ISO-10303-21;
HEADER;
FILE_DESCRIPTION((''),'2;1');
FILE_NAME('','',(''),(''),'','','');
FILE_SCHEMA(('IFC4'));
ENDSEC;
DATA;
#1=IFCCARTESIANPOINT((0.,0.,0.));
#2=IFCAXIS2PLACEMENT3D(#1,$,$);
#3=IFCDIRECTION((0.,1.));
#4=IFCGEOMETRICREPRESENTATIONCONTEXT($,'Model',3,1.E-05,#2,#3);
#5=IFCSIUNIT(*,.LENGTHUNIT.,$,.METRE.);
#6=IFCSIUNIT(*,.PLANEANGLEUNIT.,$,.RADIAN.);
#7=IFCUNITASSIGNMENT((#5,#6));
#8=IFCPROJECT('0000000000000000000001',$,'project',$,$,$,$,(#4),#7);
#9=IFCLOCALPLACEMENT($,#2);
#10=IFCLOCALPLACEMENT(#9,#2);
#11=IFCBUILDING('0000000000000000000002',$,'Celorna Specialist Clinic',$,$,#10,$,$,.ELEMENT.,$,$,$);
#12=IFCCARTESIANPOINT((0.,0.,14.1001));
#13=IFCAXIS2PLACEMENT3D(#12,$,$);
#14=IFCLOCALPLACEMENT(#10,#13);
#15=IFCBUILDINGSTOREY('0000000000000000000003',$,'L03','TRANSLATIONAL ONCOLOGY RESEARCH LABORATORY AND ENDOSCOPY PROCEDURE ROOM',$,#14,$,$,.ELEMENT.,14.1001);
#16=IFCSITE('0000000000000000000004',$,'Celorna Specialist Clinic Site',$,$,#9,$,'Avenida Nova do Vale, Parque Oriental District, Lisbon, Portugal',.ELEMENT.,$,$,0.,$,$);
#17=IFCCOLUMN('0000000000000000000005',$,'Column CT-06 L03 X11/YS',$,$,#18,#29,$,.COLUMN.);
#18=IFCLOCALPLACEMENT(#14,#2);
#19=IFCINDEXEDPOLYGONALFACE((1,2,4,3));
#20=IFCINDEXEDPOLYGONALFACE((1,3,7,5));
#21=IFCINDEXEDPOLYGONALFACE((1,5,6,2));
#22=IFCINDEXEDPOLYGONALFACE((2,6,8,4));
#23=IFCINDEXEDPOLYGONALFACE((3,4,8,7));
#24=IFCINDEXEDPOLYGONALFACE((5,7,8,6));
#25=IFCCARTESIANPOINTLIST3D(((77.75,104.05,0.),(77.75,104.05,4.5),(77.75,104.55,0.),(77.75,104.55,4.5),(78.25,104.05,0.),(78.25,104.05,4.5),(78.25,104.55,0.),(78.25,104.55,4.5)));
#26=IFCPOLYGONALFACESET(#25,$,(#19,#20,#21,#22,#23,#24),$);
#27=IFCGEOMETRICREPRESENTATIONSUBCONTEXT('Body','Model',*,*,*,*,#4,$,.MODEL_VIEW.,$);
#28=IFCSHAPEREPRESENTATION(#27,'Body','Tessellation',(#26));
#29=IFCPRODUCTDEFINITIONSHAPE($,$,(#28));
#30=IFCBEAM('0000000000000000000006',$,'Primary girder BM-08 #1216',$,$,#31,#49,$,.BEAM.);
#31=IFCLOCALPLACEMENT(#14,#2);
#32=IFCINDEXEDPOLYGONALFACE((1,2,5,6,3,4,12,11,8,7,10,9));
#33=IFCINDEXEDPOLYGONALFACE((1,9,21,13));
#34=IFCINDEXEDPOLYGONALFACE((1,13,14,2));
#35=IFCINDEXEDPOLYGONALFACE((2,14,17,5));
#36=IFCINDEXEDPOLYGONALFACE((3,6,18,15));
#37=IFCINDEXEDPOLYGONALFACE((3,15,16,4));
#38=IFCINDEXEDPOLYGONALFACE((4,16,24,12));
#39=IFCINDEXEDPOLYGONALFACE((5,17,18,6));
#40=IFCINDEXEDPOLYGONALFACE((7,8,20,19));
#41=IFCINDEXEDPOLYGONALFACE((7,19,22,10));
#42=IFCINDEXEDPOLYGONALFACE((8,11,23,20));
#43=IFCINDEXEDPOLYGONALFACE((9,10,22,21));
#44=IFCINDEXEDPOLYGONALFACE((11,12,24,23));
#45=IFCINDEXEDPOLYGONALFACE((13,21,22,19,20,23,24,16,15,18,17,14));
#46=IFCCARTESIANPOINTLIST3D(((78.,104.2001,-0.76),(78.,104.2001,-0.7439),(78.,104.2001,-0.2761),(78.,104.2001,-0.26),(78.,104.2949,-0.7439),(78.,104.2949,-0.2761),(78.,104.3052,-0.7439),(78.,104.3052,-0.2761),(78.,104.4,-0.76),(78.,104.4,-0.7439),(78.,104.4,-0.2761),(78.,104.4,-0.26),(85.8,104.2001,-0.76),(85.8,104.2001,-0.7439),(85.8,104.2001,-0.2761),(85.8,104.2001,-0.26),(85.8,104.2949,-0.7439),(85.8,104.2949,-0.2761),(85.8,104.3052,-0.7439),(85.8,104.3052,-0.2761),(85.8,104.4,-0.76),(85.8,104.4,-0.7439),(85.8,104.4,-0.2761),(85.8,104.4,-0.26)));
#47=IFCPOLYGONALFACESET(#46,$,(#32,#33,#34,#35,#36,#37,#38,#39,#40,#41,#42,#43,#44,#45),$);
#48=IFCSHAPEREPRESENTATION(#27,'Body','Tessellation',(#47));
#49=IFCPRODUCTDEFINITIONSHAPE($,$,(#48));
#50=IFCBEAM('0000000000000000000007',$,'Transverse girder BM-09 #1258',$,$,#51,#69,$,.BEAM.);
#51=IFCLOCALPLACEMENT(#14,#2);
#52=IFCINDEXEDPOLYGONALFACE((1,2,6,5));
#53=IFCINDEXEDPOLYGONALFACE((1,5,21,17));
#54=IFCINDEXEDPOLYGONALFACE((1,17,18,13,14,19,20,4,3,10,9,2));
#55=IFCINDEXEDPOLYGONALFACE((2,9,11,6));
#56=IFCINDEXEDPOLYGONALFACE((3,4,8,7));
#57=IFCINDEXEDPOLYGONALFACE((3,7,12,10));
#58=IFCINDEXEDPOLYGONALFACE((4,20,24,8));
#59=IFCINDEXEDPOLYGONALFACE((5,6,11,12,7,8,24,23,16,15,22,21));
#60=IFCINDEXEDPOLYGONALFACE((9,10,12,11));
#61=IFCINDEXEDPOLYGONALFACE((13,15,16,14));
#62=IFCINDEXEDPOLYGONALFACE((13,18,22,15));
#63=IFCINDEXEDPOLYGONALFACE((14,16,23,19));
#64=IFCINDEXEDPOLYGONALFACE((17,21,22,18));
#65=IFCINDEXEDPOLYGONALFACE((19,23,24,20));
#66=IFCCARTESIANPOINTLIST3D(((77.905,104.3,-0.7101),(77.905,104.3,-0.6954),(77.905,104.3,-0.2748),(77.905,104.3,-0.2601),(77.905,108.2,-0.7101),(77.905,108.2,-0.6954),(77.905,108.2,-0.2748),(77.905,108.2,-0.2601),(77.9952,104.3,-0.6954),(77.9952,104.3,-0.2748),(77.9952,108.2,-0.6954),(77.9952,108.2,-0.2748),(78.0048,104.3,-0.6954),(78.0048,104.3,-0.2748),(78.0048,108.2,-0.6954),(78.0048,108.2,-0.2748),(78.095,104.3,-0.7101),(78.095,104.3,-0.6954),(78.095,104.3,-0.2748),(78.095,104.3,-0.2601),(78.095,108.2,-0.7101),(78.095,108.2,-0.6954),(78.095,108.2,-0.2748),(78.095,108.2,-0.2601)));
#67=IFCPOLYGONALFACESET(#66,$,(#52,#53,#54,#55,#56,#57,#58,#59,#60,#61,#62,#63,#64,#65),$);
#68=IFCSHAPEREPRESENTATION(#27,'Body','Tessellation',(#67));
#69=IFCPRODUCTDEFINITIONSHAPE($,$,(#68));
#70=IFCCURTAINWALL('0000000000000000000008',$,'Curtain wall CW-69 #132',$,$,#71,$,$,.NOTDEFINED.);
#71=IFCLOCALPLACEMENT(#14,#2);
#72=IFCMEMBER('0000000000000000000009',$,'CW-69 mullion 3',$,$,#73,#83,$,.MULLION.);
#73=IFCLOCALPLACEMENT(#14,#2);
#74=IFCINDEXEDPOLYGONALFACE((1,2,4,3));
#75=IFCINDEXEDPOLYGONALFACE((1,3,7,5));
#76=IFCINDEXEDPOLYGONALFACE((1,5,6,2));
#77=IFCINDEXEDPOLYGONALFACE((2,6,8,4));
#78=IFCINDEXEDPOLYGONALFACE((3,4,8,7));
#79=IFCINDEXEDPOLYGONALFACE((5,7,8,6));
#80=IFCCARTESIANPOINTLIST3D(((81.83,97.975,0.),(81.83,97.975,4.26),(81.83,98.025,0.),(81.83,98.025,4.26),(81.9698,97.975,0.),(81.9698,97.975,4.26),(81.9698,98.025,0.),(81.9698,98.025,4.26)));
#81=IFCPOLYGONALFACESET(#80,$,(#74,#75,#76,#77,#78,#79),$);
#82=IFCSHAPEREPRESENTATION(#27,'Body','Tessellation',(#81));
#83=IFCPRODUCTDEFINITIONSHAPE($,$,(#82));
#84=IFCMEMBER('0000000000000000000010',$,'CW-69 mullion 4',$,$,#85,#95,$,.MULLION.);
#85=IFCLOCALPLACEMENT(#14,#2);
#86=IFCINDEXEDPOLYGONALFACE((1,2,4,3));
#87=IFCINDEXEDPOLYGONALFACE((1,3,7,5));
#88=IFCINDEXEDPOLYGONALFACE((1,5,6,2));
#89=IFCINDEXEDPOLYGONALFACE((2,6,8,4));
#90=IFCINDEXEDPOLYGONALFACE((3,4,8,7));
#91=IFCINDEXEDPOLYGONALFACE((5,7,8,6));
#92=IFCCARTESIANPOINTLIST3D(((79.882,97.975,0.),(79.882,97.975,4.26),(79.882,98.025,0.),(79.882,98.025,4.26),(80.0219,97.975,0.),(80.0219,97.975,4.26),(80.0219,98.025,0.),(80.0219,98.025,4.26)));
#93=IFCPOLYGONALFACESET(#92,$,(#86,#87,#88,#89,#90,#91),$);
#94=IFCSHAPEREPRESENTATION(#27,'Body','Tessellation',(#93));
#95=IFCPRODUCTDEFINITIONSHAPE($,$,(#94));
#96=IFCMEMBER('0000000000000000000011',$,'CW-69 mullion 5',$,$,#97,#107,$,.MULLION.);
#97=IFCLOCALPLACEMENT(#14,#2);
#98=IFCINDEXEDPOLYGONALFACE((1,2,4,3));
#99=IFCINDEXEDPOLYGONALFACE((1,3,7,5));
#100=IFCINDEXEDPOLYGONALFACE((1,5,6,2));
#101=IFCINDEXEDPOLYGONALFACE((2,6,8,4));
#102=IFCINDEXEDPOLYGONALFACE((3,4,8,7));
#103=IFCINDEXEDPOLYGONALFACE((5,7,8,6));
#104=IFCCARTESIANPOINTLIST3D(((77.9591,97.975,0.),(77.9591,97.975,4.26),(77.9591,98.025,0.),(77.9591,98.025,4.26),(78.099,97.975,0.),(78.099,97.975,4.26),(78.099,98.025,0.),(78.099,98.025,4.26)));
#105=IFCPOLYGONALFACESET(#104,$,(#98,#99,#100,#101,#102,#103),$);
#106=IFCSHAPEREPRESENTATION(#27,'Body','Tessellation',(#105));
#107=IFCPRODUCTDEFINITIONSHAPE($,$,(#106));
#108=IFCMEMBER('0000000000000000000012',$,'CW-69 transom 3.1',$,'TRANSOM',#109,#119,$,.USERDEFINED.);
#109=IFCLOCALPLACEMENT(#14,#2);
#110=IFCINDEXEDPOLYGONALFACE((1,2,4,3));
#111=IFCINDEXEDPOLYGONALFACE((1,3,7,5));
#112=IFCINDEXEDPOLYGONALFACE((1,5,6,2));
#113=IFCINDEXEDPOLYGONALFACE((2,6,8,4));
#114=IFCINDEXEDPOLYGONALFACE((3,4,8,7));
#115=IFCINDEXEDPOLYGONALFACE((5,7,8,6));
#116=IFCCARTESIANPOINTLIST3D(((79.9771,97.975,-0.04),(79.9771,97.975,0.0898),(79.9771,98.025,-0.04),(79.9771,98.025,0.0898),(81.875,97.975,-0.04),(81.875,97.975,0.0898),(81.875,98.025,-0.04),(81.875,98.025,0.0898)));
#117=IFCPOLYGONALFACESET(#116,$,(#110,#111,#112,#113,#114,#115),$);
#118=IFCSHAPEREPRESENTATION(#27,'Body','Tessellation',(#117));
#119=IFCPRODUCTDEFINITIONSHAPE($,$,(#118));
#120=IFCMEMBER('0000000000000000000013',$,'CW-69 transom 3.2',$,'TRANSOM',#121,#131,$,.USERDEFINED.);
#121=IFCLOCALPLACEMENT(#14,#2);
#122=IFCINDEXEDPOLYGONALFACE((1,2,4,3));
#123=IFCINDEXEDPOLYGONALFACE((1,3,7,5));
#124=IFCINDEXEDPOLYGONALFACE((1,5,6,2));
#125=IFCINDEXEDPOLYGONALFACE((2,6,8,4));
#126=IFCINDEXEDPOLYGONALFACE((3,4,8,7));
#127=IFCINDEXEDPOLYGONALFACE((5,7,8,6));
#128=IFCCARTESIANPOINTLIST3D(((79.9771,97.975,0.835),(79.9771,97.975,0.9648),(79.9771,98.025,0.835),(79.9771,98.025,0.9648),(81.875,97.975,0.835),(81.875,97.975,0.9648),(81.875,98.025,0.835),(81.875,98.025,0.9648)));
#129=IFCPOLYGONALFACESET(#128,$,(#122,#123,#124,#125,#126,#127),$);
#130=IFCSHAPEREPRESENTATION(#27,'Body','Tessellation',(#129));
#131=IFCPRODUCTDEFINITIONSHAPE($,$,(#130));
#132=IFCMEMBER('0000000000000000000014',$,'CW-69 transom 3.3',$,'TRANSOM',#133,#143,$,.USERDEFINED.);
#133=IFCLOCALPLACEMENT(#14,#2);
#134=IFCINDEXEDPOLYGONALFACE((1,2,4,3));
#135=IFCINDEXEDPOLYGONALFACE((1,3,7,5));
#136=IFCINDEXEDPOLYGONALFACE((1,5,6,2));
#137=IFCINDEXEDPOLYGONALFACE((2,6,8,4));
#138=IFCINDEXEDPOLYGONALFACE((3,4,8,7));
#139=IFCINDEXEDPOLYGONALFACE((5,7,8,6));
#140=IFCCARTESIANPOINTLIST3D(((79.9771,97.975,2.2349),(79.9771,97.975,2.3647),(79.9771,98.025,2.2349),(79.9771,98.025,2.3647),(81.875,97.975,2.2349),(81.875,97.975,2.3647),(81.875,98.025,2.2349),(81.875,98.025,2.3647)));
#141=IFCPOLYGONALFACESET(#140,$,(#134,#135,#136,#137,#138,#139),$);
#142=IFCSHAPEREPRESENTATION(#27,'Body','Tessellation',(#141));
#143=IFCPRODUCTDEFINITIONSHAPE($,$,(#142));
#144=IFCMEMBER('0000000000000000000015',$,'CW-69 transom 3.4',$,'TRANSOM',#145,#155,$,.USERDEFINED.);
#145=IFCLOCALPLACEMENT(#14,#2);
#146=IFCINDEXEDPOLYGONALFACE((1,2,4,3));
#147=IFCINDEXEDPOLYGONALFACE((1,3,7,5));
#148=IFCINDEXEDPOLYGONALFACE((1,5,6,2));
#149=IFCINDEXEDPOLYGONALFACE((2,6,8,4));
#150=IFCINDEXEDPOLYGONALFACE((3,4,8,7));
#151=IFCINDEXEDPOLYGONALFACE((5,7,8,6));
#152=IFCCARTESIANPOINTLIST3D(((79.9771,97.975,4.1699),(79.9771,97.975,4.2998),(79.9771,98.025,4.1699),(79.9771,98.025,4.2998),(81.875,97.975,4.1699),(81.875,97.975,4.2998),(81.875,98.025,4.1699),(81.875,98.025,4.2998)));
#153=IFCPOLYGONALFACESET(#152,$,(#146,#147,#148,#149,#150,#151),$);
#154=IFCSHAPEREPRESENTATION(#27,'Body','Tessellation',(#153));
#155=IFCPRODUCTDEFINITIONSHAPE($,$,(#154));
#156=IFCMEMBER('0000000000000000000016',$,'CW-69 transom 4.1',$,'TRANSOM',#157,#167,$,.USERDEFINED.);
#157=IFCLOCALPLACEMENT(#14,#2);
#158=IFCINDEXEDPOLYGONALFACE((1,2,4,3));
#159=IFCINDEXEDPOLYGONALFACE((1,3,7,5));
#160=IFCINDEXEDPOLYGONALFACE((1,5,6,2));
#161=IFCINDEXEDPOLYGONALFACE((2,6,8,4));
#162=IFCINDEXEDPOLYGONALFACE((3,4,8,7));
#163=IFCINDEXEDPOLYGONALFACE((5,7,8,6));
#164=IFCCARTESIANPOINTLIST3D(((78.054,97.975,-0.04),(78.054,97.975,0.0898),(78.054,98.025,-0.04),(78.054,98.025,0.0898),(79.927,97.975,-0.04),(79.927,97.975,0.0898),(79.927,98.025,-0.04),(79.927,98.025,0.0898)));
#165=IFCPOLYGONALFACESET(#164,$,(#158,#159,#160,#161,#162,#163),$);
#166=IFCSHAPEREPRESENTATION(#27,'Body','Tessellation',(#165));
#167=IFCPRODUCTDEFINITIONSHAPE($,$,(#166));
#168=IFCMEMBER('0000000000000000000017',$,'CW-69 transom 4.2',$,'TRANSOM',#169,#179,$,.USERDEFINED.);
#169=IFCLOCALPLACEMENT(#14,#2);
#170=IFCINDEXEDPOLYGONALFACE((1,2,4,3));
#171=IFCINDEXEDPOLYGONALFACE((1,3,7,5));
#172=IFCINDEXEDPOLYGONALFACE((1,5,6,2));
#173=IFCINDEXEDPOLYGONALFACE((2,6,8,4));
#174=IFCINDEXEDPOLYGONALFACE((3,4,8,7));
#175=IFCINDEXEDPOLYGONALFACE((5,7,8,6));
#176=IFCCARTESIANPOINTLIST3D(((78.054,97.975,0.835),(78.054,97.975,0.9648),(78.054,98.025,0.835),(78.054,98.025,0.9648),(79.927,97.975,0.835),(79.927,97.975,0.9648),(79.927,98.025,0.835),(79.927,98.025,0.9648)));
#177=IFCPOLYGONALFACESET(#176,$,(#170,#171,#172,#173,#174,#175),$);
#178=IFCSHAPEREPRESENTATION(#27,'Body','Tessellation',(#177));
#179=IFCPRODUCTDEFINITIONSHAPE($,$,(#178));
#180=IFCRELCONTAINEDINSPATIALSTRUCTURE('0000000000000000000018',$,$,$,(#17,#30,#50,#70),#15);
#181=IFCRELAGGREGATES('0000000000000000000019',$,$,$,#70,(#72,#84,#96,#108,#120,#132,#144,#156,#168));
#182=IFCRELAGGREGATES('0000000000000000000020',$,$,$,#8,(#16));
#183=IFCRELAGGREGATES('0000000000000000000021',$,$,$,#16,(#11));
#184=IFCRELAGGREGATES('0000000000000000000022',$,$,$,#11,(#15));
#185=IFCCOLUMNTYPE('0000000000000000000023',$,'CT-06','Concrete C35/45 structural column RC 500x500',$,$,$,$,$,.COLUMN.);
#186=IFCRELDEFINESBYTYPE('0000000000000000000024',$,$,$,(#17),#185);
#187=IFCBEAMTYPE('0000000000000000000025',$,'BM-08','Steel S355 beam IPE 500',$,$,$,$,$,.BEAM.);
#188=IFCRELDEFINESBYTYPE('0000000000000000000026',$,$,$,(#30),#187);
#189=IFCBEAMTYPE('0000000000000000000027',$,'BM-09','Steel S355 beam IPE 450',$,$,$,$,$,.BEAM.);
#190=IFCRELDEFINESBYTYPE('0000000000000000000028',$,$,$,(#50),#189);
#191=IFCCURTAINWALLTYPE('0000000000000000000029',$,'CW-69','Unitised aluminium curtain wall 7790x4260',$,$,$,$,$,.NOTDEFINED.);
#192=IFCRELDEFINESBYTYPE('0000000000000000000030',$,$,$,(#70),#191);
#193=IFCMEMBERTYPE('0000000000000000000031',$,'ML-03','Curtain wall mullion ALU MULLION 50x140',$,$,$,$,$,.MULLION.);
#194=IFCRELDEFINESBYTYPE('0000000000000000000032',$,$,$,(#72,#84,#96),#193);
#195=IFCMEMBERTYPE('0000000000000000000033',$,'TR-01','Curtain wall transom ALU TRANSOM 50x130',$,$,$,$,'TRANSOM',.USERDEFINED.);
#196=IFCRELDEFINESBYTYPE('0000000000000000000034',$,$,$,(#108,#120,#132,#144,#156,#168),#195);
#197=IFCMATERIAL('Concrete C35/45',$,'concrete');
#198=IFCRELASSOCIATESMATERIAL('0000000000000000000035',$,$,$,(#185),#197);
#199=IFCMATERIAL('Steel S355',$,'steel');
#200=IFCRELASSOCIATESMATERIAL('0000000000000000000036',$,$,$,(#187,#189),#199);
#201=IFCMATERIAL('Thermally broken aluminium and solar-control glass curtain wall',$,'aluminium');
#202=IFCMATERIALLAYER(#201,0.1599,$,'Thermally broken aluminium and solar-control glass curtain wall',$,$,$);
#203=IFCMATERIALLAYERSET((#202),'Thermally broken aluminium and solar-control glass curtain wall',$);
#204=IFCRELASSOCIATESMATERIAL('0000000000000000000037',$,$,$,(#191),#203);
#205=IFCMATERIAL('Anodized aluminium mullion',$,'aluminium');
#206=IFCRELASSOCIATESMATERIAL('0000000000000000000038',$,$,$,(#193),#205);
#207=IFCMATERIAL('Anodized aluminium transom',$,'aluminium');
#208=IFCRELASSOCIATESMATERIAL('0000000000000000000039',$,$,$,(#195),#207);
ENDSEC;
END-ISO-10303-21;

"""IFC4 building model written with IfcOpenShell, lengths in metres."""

from ifc_helpers import new_model, si_unit, direction, frame, origin, origin_2d, place, context, subcontext, project, spatial, rectangle, i_section, extrude, material, layer, layer_set, material_profile, profile_set, type_object, element, aggregate, save


model = new_model("IFC4")

# Units and contexts
model_context = context("Model", 3, precision=1e-05, world=origin(), true_north=direction((0.0, 1.0)))
body_context = subcontext(model_context, "Body", "Model", "MODEL_VIEW")
ifc_project = project(units=[si_unit("LENGTHUNIT", "METRE"), si_unit("PLANEANGLEUNIT", "RADIAN")], contexts=[model_context])

# Site, building, storey
site_placement = place(None, origin())
site = spatial("IfcSite", under=ifc_project, at=site_placement, Name="Celorna Specialist Clinic Site", LongName="Avenida Nova do Vale, Parque Oriental District, Lisbon, Portugal", CompositionType="ELEMENT", RefElevation=0.0)
building_placement = place(site_placement, origin())
building = spatial("IfcBuilding", under=site, at=building_placement, Name="Celorna Specialist Clinic", CompositionType="ELEMENT")
storey_placement = place(building_placement, frame((0.0, 0.0, 14.1001)))
storey = spatial("IfcBuildingStorey", under=building, at=storey_placement, Name="L03", Description="TRANSLATIONAL ONCOLOGY RESEARCH LABORATORY AND ENDOSCOPY PROCEDURE ROOM", CompositionType="ELEMENT", Elevation=14.1001)

# Column
ifc_material_1 = material(Name="Concrete C35/45", Category="concrete")
ifc_material_profile_1 = material_profile(ifc_material_1, rectangle(XDim=0.5, YDim=0.5, at=origin_2d()), Name="RC 500x500")
ifc_profile_set_1 = profile_set([ifc_material_profile_1], Name="Concrete C35/45")
column_type = type_object("IfcColumnType", Name="CT-06", Description="Concrete C35/45 structural column RC 500x500", PredefinedType="COLUMN", material=ifc_profile_set_1)
column_placement = place(storey_placement, frame((78.0, 104.3, 0.0), z_axis=(0.0, 0.0, 1.0), x_axis=(1.0, 0.0, 0.0)))
element("IfcColumn", 1, at=column_placement, inside=storey, type_object=column_type, Name="Column CT-06 L03 X11/YS", PredefinedType="COLUMN", context=body_context, shape_type="SweptSolid", body=[
    extrude(rectangle(XDim=0.5, YDim=0.5, at=origin_2d()), origin(), (0.0, 0.0, 1.0), 4.5),
])

# Beams
ifc_material_2 = material(Name="Steel S355", Category="steel")
ifc_material_profile_2 = material_profile(ifc_material_2, i_section(OverallWidth=0.2, OverallDepth=0.5, WebThickness=0.0103, FlangeThickness=0.0161, at=origin_2d()), Name="IPE 500")
ifc_profile_set_2 = profile_set([ifc_material_profile_2], Name="Steel S355")
beam_type_1 = type_object("IfcBeamType", Name="BM-08", Description="Steel S355 beam IPE 500", PredefinedType="BEAM", material=ifc_profile_set_2)
beam_1_placement = place(storey_placement, frame((78.0, 104.3, -0.51), z_axis=(1.0, 0.0, 0.0), x_axis=(0.0, 1.0, 0.0)))
element("IfcBeam", 2, at=beam_1_placement, inside=storey, type_object=beam_type_1, Name="Primary girder BM-08 #1216", PredefinedType="BEAM", context=body_context, shape_type="SweptSolid", body=[
    extrude(i_section(OverallWidth=0.2, OverallDepth=0.5, WebThickness=0.0103, FlangeThickness=0.0161, at=origin_2d()), origin(), (0.0, 0.0, 1.0), 7.8),
])
ifc_material_profile_3 = material_profile(ifc_material_2, i_section(OverallWidth=0.1899, OverallDepth=0.45, WebThickness=0.0095, FlangeThickness=0.0146, at=origin_2d()), Name="IPE 450")
ifc_profile_set_3 = profile_set([ifc_material_profile_3], Name="Steel S355")
beam_type_2 = type_object("IfcBeamType", Name="BM-09", Description="Steel S355 beam IPE 450", PredefinedType="BEAM", material=ifc_profile_set_3)
beam_2_placement = place(storey_placement, frame((78.0, 104.3, -0.4851), z_axis=(0.0, 1.0, 0.0), x_axis=(-1.0, 0.0, 0.0)))
element("IfcBeam", 3, at=beam_2_placement, inside=storey, type_object=beam_type_2, Name="Transverse girder BM-09 #1258", PredefinedType="BEAM", context=body_context, shape_type="SweptSolid", body=[
    extrude(i_section(OverallWidth=0.1899, OverallDepth=0.45, WebThickness=0.0095, FlangeThickness=0.0146, at=origin_2d()), origin(), (0.0, 0.0, 1.0), 3.8999),
])

# Curtain wall, members
ifc_material_3 = material(Name="Thermally broken aluminium and solar-control glass curtain wall", Category="aluminium")
ifc_layer_1 = layer(ifc_material_3, 0.1599, Name="Thermally broken aluminium and solar-control glass curtain wall")
ifc_layer_set_1 = layer_set([ifc_layer_1], Name="Thermally broken aluminium and solar-control glass curtain wall")
curtain_wall_type = type_object("IfcCurtainWallType", Name="CW-69", Description="Unitised aluminium curtain wall 7790x4260", PredefinedType="NOTDEFINED", material=ifc_layer_set_1)
curtain_wall_placement = place(storey_placement, origin())
curtain_wall = element("IfcCurtainWall", 4, at=curtain_wall_placement, inside=storey, type_object=curtain_wall_type, Name="Curtain wall CW-69 #132", PredefinedType="NOTDEFINED")
ifc_material_4 = material(Name="Anodized aluminium mullion", Category="aluminium")
ifc_material_profile_4 = material_profile(ifc_material_4, rectangle(XDim=0.05, YDim=0.1399, at=origin_2d()), Name="ALU MULLION 50x140")
ifc_profile_set_4 = profile_set([ifc_material_profile_4], Name="Anodized aluminium mullion")
member_type_1 = type_object("IfcMemberType", Name="ML-03", Description="Curtain wall mullion ALU MULLION 50x140", PredefinedType="MULLION", material=ifc_profile_set_4)
member_1_placement = place(storey_placement, frame((81.8999, 98.0, 0.0), z_axis=(0.0, 0.0, 1.0), x_axis=(0.0, -1.0, 0.0)))
member_1 = element("IfcMember", 5, at=member_1_placement, type_object=member_type_1, Name="CW-69 mullion 3", PredefinedType="MULLION", context=body_context, shape_type="SweptSolid", body=[
    extrude(rectangle(XDim=0.05, YDim=0.1399, at=origin_2d()), origin(), (0.0, 0.0, 1.0), 4.26),
])
member_2_placement = place(storey_placement, frame((79.9519, 98.0, 0.0), z_axis=(0.0, 0.0, 1.0), x_axis=(0.0, -1.0, 0.0)))
member_2 = element("IfcMember", 6, at=member_2_placement, type_object=member_type_1, Name="CW-69 mullion 4", PredefinedType="MULLION", context=body_context, shape_type="SweptSolid", body=[
    extrude(rectangle(XDim=0.05, YDim=0.1399, at=origin_2d()), origin(), (0.0, 0.0, 1.0), 4.26),
])
member_3_placement = place(storey_placement, frame((78.0291, 98.0, 0.0), z_axis=(0.0, 0.0, 1.0), x_axis=(0.0, -1.0, 0.0)))
member_3 = element("IfcMember", 7, at=member_3_placement, type_object=member_type_1, Name="CW-69 mullion 5", PredefinedType="MULLION", context=body_context, shape_type="SweptSolid", body=[
    extrude(rectangle(XDim=0.05, YDim=0.1399, at=origin_2d()), origin(), (0.0, 0.0, 1.0), 4.26),
])
ifc_material_5 = material(Name="Anodized aluminium transom", Category="aluminium")
ifc_material_profile_5 = material_profile(ifc_material_5, rectangle(XDim=0.05, YDim=0.1299, at=origin_2d()), Name="ALU TRANSOM 50x130")
ifc_profile_set_5 = profile_set([ifc_material_profile_5], Name="Anodized aluminium transom")
member_type_2 = type_object("IfcMemberType", Name="TR-01", Description="Curtain wall transom ALU TRANSOM 50x130", ElementType="TRANSOM", PredefinedType="USERDEFINED", material=ifc_profile_set_5)
member_4_placement = place(storey_placement, frame((81.875, 98.0, 0.0249), z_axis=(-1.0, 0.0, 0.0), x_axis=(0.0, -1.0, 0.0)))
member_4 = element("IfcMember", 8, at=member_4_placement, type_object=member_type_2, Name="CW-69 transom 3.1", ObjectType="TRANSOM", PredefinedType="USERDEFINED", context=body_context, shape_type="SweptSolid", body=[
    extrude(rectangle(XDim=0.05, YDim=0.1299, at=origin_2d()), origin(), (0.0, 0.0, 1.0), 1.8979),
])
member_5_placement = place(storey_placement, frame((81.875, 98.0, 0.8999), z_axis=(-1.0, 0.0, 0.0), x_axis=(0.0, -1.0, 0.0)))
member_5 = element("IfcMember", 9, at=member_5_placement, type_object=member_type_2, Name="CW-69 transom 3.2", ObjectType="TRANSOM", PredefinedType="USERDEFINED", context=body_context, shape_type="SweptSolid", body=[
    extrude(rectangle(XDim=0.05, YDim=0.1299, at=origin_2d()), origin(), (0.0, 0.0, 1.0), 1.8979),
])
member_6_placement = place(storey_placement, frame((81.875, 98.0, 2.2998), z_axis=(-1.0, 0.0, 0.0), x_axis=(0.0, -1.0, 0.0)))
member_6 = element("IfcMember", 10, at=member_6_placement, type_object=member_type_2, Name="CW-69 transom 3.3", ObjectType="TRANSOM", PredefinedType="USERDEFINED", context=body_context, shape_type="SweptSolid", body=[
    extrude(rectangle(XDim=0.05, YDim=0.1299, at=origin_2d()), origin(), (0.0, 0.0, 1.0), 1.8979),
])
member_7_placement = place(storey_placement, frame((81.875, 98.0, 4.2349), z_axis=(-1.0, 0.0, 0.0), x_axis=(0.0, -1.0, 0.0)))
member_7 = element("IfcMember", 11, at=member_7_placement, type_object=member_type_2, Name="CW-69 transom 3.4", ObjectType="TRANSOM", PredefinedType="USERDEFINED", context=body_context, shape_type="SweptSolid", body=[
    extrude(rectangle(XDim=0.05, YDim=0.1299, at=origin_2d()), origin(), (0.0, 0.0, 1.0), 1.8979),
])
member_8_placement = place(storey_placement, frame((79.927, 98.0, 0.0249), z_axis=(-1.0, 0.0, 0.0), x_axis=(0.0, -1.0, 0.0)))
member_8 = element("IfcMember", 12, at=member_8_placement, type_object=member_type_2, Name="CW-69 transom 4.1", ObjectType="TRANSOM", PredefinedType="USERDEFINED", context=body_context, shape_type="SweptSolid", body=[
    extrude(rectangle(XDim=0.05, YDim=0.1299, at=origin_2d()), origin(), (0.0, 0.0, 1.0), 1.873),
])
member_9_placement = place(storey_placement, frame((79.927, 98.0, 0.8999), z_axis=(-1.0, 0.0, 0.0), x_axis=(0.0, -1.0, 0.0)))
member_9 = element("IfcMember", 13, at=member_9_placement, type_object=member_type_2, Name="CW-69 transom 4.2", ObjectType="TRANSOM", PredefinedType="USERDEFINED", context=body_context, shape_type="SweptSolid", body=[
    extrude(rectangle(XDim=0.05, YDim=0.1299, at=origin_2d()), origin(), (0.0, 0.0, 1.0), 1.873),
])
aggregate(curtain_wall, [member_1, member_2, member_3, member_4, member_5, member_6, member_7, member_8, member_9])

save(model, "model.ifc")
